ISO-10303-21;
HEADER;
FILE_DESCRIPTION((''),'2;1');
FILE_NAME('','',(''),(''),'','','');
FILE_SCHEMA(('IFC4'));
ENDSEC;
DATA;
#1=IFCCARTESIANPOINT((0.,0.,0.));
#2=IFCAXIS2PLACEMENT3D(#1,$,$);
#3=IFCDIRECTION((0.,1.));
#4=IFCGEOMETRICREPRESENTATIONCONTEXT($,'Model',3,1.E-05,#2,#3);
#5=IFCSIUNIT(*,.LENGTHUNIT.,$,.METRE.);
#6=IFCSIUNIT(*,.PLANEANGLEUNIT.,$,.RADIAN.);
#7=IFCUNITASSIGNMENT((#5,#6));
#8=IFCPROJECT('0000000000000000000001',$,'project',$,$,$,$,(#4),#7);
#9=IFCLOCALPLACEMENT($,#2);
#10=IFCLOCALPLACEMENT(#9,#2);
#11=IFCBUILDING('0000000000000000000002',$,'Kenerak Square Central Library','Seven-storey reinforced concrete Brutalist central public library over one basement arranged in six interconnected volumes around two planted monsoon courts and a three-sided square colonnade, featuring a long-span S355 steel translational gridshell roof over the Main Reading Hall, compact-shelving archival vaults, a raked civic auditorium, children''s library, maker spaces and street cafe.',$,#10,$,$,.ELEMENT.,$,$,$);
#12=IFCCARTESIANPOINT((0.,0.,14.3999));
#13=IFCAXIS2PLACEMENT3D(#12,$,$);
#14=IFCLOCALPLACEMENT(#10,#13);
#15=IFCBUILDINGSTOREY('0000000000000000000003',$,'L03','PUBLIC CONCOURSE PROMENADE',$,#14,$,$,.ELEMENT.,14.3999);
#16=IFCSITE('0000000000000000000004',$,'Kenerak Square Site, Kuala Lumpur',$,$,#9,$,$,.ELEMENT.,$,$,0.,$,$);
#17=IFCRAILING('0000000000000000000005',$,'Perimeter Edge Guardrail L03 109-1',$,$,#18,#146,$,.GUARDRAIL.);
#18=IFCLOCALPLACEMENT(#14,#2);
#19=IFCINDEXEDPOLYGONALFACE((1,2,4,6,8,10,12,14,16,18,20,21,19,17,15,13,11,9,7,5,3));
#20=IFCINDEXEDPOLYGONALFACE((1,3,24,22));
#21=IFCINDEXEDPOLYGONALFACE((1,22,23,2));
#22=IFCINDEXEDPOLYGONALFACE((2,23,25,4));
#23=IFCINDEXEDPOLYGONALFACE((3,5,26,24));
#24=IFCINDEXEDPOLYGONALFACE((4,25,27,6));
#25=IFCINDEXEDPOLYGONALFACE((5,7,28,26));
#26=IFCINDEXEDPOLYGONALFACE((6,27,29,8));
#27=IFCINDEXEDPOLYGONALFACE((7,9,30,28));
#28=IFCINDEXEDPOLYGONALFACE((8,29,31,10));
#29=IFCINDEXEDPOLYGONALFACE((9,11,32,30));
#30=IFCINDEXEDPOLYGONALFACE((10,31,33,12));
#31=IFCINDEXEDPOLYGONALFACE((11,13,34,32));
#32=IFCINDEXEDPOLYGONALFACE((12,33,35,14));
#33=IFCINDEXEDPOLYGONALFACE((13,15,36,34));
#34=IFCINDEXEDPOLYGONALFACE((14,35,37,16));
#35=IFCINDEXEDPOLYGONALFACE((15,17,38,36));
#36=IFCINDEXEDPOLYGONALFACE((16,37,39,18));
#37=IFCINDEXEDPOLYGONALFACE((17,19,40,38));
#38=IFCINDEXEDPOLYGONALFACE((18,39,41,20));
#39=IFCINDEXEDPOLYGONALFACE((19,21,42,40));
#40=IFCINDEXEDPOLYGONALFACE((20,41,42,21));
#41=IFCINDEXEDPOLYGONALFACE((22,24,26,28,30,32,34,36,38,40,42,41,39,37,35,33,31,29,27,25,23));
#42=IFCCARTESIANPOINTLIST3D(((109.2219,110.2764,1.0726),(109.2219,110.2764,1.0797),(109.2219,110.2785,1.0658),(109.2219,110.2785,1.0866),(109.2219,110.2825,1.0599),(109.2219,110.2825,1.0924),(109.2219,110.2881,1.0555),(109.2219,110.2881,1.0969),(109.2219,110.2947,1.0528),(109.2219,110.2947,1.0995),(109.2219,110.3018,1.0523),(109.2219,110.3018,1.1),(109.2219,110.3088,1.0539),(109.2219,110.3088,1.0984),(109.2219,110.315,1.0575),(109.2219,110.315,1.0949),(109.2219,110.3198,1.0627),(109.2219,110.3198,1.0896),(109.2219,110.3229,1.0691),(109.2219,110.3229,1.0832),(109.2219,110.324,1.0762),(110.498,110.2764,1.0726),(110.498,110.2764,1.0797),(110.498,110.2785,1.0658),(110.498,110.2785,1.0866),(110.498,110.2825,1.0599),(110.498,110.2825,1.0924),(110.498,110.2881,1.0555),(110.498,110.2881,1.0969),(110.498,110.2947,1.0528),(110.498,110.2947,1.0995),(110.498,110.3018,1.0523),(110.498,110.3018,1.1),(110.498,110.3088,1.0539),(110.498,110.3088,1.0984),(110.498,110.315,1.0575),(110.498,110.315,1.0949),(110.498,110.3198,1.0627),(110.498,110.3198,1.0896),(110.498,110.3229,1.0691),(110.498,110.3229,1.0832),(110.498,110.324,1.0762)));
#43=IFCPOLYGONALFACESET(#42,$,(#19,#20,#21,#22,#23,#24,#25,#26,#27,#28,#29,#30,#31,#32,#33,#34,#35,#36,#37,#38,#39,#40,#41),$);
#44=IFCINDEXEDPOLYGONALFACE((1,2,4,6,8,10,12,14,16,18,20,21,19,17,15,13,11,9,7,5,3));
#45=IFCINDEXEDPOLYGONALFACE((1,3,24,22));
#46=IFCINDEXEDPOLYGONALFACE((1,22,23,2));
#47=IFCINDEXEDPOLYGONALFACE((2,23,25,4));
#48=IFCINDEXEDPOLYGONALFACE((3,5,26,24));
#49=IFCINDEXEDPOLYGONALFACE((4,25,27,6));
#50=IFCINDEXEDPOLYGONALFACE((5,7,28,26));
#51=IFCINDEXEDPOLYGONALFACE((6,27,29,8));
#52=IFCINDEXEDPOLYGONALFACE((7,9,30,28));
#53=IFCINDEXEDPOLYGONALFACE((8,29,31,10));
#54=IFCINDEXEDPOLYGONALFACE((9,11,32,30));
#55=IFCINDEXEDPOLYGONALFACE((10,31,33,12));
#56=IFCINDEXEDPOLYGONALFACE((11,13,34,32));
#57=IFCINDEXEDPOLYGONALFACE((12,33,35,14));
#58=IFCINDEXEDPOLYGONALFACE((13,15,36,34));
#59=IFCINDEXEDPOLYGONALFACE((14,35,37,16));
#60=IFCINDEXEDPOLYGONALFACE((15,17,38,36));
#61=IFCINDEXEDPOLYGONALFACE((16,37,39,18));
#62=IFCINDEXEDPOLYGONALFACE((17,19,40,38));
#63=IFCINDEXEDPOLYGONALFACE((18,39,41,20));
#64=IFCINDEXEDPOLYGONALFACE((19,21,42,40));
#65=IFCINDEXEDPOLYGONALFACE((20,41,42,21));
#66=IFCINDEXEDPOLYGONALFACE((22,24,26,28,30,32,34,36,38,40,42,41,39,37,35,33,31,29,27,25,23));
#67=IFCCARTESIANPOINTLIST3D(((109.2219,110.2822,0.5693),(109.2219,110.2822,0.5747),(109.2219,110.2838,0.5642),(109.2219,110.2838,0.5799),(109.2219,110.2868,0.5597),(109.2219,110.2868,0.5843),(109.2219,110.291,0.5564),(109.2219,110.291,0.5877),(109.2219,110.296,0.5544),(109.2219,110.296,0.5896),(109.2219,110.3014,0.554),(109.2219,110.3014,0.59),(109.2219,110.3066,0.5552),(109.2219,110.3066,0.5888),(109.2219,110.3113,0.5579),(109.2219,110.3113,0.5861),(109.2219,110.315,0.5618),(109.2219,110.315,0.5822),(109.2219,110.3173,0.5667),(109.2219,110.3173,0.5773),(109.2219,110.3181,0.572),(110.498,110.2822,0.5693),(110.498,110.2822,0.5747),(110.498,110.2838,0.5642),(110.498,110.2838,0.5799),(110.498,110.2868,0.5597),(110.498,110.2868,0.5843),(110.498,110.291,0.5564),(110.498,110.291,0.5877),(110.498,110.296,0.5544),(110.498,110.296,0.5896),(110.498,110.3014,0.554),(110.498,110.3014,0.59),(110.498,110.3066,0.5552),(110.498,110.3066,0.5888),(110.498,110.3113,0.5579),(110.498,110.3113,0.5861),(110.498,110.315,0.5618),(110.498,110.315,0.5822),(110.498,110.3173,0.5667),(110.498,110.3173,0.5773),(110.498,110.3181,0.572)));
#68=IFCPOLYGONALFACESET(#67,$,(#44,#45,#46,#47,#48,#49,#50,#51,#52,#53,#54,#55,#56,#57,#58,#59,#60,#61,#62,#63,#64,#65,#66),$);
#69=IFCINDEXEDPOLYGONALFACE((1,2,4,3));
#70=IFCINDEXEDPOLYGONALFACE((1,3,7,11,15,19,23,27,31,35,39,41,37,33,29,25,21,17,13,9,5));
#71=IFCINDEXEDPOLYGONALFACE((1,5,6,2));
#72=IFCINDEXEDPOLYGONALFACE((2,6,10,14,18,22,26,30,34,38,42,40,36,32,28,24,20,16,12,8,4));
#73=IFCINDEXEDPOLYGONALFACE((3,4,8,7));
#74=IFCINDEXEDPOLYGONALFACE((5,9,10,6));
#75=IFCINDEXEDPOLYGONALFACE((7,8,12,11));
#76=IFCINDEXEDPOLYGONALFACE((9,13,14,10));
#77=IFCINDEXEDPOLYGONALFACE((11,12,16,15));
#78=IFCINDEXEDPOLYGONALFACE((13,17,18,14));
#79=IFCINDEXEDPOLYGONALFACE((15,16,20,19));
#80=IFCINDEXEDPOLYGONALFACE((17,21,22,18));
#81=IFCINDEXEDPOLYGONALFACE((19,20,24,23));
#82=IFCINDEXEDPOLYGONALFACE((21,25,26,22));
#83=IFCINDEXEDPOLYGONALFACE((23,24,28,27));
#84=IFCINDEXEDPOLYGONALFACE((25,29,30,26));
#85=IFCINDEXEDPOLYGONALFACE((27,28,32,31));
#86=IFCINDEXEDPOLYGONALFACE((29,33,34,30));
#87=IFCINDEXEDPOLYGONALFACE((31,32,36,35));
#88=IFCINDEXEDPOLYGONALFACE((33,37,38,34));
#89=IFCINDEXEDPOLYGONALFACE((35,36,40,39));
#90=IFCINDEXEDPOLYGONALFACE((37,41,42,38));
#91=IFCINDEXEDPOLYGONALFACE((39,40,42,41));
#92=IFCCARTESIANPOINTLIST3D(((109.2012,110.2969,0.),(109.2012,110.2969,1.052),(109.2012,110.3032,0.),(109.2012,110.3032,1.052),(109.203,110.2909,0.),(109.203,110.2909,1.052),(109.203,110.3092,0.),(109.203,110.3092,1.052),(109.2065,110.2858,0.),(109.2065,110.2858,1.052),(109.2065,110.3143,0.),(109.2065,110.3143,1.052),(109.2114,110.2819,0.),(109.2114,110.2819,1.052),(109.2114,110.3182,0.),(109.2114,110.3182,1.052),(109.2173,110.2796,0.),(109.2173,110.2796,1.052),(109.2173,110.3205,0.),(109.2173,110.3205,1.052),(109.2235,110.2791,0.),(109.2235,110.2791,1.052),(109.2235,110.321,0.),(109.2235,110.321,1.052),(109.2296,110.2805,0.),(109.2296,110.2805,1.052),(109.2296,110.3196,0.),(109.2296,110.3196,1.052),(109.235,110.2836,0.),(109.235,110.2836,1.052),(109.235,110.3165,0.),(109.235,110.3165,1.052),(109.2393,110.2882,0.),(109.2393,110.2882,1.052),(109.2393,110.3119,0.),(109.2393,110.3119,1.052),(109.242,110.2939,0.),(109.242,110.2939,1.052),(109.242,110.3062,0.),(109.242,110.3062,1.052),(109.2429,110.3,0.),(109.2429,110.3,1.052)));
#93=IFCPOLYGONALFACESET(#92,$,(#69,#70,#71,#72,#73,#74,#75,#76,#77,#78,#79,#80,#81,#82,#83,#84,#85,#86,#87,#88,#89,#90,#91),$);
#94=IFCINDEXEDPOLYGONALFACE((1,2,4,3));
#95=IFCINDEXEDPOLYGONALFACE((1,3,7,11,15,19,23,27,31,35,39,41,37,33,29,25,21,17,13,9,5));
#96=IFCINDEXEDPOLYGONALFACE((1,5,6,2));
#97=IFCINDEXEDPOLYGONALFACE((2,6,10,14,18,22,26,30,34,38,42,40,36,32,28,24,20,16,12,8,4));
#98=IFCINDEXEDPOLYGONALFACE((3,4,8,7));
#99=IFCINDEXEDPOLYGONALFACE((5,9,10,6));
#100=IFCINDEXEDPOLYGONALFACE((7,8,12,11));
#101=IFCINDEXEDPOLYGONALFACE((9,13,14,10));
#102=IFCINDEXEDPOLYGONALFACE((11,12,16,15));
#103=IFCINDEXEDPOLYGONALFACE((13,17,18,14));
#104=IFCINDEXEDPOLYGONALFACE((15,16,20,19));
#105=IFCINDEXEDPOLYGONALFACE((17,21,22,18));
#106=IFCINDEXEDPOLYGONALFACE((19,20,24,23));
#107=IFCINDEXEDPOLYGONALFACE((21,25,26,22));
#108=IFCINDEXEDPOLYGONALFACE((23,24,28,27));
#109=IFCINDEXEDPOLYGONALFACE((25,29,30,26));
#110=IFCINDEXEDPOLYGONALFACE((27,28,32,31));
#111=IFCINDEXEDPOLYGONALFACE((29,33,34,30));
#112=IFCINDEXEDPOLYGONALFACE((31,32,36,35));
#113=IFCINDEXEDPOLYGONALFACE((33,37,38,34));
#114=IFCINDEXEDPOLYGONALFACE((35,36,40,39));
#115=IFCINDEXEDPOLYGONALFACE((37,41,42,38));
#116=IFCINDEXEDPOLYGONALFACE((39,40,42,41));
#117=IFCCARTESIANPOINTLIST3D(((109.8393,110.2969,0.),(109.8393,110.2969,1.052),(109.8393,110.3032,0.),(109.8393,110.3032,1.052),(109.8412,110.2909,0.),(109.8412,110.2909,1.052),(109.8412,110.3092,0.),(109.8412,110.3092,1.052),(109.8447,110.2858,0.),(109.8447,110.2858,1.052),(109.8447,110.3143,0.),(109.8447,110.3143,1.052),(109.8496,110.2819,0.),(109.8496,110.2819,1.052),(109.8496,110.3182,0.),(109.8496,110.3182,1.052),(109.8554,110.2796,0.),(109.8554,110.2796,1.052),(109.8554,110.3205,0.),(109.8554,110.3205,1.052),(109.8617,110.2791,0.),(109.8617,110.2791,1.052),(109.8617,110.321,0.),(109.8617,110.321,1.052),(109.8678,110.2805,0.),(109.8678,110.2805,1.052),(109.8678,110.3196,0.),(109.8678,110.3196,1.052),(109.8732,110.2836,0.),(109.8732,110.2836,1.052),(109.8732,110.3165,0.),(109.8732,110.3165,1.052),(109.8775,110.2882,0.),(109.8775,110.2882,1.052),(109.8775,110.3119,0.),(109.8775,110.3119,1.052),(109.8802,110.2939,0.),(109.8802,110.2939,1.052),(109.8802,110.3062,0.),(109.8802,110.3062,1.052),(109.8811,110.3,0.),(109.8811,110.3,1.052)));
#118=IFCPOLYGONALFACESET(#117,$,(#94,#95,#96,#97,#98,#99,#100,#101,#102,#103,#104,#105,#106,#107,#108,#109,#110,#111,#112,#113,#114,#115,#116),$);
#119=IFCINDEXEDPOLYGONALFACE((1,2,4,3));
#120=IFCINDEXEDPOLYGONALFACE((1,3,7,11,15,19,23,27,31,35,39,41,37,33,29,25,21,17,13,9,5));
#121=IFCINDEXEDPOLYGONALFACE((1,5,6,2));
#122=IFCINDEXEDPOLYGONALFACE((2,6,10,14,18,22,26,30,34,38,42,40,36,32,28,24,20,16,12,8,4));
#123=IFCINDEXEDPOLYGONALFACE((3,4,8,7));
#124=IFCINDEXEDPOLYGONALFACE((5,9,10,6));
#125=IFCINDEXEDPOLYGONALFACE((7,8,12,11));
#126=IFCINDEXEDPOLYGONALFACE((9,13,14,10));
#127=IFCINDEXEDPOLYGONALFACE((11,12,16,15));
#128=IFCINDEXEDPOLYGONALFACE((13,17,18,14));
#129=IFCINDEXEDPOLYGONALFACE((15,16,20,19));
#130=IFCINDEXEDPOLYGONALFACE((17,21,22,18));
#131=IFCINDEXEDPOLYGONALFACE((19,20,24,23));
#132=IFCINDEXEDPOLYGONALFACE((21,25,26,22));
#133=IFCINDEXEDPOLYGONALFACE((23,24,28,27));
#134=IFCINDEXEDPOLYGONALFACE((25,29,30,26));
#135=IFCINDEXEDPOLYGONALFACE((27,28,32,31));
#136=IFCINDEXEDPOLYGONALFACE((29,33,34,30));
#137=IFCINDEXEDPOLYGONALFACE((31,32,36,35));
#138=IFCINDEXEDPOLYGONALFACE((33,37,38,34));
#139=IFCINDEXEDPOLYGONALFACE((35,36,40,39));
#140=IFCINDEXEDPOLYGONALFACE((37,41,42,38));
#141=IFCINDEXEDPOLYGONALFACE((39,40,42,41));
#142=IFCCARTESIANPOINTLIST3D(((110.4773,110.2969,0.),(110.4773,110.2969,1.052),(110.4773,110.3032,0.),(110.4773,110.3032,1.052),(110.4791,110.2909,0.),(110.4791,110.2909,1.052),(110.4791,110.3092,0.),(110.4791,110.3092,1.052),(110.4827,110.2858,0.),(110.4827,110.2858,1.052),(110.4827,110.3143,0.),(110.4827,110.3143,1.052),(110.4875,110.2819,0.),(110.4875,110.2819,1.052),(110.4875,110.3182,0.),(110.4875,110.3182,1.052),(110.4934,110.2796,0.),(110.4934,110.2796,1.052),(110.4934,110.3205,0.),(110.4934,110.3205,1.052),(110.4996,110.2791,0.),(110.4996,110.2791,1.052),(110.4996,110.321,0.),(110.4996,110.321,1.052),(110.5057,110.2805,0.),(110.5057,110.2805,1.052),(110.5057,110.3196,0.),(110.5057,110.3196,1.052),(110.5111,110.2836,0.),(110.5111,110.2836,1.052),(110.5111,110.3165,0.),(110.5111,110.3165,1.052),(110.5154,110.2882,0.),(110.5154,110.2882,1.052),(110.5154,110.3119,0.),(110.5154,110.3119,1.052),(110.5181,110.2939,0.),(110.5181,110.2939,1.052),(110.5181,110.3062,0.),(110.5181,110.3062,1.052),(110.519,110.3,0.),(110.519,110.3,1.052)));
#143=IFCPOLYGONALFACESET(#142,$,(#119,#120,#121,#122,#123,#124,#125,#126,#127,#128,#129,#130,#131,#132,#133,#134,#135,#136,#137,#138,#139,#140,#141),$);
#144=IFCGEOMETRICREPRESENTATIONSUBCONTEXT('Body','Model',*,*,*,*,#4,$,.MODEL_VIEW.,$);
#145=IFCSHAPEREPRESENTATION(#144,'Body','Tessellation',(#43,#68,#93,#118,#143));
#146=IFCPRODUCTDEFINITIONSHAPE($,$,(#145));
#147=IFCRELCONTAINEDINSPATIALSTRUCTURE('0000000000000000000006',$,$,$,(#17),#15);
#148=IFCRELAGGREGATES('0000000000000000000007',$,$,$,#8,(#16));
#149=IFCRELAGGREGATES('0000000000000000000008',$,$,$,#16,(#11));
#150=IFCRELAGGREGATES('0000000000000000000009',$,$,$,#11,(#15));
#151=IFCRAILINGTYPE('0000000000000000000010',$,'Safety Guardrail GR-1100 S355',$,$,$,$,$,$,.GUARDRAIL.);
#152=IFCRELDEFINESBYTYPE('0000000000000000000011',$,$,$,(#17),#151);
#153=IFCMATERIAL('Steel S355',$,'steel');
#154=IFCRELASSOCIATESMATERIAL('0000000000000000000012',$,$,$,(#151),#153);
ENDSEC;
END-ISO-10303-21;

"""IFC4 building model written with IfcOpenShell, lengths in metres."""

from ifc_helpers import new_model, si_unit, direction, frame, origin, origin_2d, place, context, subcontext, project, spatial, circle, extrude, material, type_object, element, save


model = new_model("IFC4")

# Units and contexts
model_context = context("Model", 3, precision=1e-05, world=origin(), true_north=direction((0.0, 1.0)))
body_context = subcontext(model_context, "Body", "Model", "MODEL_VIEW")
ifc_project = project(units=[si_unit("LENGTHUNIT", "METRE"), si_unit("PLANEANGLEUNIT", "RADIAN")], contexts=[model_context])

# Site, building, storey
site_placement = place(None, origin())
site = spatial("IfcSite", under=ifc_project, at=site_placement, Name="Kenerak Square Site, Kuala Lumpur", CompositionType="ELEMENT", RefElevation=0.0)
building_placement = place(site_placement, origin())
building = spatial("IfcBuilding", under=site, at=building_placement, Name="Kenerak Square Central Library", Description="Seven-storey reinforced concrete Brutalist central public library over one basement arranged in six interconnected volumes around two planted monsoon courts and a three-sided square colonnade, featuring a long-span S355 steel translational gridshell roof over the Main Reading Hall, compact-shelving archival vaults, a raked civic auditorium, children's library, maker spaces and street cafe.", CompositionType="ELEMENT")
storey_placement = place(building_placement, frame((0.0, 0.0, 14.3999)))
storey = spatial("IfcBuildingStorey", under=building, at=storey_placement, Name="L03", Description="PUBLIC CONCOURSE PROMENADE", CompositionType="ELEMENT", Elevation=14.3999)

# Railing
ifc_material_1 = material(Name="Steel S355", Category="steel")
railing_type_1 = type_object("IfcRailingType", Name="Safety Guardrail GR-1100 S355", PredefinedType="GUARDRAIL", material=ifc_material_1)
for number, where, name in (
    (1, (109.2219, 110.3, 0.0), "Perimeter Edge Guardrail L03 109-1"),
):
    element("IfcRailing", number, at=place(storey_placement, frame(where)), inside=storey, type_object=railing_type_1, Name=name, PredefinedType="GUARDRAIL", context=body_context, shape_type="SweptSolid", body=[
        extrude(circle(Radius=0.0239, at=origin_2d()), frame((0.0, 0.0, 1.0762), z_axis=(1.0, 0.0, 0.0), x_axis=(0.0, 1.0, 0.0)), (0.0, 0.0, 1.0), 1.2761),
        extrude(circle(Radius=0.0181, at=origin_2d()), frame((0.0, 0.0, 0.572), z_axis=(1.0, 0.0, 0.0), x_axis=(0.0, 1.0, 0.0)), (0.0, 0.0, 1.0), 1.2761),
        extrude(circle(Radius=0.021, at=origin_2d()), origin(), (0.0, 0.0, 1.0), 1.052),
        extrude(circle(Radius=0.021, at=origin_2d()), frame((0.6382, 0.0, 0.0)), (0.0, 0.0, 1.0), 1.052),
        extrude(circle(Radius=0.021, at=origin_2d()), frame((1.2761, 0.0, 0.0)), (0.0, 0.0, 1.0), 1.052),
    ])

save(model, "model.ifc")
